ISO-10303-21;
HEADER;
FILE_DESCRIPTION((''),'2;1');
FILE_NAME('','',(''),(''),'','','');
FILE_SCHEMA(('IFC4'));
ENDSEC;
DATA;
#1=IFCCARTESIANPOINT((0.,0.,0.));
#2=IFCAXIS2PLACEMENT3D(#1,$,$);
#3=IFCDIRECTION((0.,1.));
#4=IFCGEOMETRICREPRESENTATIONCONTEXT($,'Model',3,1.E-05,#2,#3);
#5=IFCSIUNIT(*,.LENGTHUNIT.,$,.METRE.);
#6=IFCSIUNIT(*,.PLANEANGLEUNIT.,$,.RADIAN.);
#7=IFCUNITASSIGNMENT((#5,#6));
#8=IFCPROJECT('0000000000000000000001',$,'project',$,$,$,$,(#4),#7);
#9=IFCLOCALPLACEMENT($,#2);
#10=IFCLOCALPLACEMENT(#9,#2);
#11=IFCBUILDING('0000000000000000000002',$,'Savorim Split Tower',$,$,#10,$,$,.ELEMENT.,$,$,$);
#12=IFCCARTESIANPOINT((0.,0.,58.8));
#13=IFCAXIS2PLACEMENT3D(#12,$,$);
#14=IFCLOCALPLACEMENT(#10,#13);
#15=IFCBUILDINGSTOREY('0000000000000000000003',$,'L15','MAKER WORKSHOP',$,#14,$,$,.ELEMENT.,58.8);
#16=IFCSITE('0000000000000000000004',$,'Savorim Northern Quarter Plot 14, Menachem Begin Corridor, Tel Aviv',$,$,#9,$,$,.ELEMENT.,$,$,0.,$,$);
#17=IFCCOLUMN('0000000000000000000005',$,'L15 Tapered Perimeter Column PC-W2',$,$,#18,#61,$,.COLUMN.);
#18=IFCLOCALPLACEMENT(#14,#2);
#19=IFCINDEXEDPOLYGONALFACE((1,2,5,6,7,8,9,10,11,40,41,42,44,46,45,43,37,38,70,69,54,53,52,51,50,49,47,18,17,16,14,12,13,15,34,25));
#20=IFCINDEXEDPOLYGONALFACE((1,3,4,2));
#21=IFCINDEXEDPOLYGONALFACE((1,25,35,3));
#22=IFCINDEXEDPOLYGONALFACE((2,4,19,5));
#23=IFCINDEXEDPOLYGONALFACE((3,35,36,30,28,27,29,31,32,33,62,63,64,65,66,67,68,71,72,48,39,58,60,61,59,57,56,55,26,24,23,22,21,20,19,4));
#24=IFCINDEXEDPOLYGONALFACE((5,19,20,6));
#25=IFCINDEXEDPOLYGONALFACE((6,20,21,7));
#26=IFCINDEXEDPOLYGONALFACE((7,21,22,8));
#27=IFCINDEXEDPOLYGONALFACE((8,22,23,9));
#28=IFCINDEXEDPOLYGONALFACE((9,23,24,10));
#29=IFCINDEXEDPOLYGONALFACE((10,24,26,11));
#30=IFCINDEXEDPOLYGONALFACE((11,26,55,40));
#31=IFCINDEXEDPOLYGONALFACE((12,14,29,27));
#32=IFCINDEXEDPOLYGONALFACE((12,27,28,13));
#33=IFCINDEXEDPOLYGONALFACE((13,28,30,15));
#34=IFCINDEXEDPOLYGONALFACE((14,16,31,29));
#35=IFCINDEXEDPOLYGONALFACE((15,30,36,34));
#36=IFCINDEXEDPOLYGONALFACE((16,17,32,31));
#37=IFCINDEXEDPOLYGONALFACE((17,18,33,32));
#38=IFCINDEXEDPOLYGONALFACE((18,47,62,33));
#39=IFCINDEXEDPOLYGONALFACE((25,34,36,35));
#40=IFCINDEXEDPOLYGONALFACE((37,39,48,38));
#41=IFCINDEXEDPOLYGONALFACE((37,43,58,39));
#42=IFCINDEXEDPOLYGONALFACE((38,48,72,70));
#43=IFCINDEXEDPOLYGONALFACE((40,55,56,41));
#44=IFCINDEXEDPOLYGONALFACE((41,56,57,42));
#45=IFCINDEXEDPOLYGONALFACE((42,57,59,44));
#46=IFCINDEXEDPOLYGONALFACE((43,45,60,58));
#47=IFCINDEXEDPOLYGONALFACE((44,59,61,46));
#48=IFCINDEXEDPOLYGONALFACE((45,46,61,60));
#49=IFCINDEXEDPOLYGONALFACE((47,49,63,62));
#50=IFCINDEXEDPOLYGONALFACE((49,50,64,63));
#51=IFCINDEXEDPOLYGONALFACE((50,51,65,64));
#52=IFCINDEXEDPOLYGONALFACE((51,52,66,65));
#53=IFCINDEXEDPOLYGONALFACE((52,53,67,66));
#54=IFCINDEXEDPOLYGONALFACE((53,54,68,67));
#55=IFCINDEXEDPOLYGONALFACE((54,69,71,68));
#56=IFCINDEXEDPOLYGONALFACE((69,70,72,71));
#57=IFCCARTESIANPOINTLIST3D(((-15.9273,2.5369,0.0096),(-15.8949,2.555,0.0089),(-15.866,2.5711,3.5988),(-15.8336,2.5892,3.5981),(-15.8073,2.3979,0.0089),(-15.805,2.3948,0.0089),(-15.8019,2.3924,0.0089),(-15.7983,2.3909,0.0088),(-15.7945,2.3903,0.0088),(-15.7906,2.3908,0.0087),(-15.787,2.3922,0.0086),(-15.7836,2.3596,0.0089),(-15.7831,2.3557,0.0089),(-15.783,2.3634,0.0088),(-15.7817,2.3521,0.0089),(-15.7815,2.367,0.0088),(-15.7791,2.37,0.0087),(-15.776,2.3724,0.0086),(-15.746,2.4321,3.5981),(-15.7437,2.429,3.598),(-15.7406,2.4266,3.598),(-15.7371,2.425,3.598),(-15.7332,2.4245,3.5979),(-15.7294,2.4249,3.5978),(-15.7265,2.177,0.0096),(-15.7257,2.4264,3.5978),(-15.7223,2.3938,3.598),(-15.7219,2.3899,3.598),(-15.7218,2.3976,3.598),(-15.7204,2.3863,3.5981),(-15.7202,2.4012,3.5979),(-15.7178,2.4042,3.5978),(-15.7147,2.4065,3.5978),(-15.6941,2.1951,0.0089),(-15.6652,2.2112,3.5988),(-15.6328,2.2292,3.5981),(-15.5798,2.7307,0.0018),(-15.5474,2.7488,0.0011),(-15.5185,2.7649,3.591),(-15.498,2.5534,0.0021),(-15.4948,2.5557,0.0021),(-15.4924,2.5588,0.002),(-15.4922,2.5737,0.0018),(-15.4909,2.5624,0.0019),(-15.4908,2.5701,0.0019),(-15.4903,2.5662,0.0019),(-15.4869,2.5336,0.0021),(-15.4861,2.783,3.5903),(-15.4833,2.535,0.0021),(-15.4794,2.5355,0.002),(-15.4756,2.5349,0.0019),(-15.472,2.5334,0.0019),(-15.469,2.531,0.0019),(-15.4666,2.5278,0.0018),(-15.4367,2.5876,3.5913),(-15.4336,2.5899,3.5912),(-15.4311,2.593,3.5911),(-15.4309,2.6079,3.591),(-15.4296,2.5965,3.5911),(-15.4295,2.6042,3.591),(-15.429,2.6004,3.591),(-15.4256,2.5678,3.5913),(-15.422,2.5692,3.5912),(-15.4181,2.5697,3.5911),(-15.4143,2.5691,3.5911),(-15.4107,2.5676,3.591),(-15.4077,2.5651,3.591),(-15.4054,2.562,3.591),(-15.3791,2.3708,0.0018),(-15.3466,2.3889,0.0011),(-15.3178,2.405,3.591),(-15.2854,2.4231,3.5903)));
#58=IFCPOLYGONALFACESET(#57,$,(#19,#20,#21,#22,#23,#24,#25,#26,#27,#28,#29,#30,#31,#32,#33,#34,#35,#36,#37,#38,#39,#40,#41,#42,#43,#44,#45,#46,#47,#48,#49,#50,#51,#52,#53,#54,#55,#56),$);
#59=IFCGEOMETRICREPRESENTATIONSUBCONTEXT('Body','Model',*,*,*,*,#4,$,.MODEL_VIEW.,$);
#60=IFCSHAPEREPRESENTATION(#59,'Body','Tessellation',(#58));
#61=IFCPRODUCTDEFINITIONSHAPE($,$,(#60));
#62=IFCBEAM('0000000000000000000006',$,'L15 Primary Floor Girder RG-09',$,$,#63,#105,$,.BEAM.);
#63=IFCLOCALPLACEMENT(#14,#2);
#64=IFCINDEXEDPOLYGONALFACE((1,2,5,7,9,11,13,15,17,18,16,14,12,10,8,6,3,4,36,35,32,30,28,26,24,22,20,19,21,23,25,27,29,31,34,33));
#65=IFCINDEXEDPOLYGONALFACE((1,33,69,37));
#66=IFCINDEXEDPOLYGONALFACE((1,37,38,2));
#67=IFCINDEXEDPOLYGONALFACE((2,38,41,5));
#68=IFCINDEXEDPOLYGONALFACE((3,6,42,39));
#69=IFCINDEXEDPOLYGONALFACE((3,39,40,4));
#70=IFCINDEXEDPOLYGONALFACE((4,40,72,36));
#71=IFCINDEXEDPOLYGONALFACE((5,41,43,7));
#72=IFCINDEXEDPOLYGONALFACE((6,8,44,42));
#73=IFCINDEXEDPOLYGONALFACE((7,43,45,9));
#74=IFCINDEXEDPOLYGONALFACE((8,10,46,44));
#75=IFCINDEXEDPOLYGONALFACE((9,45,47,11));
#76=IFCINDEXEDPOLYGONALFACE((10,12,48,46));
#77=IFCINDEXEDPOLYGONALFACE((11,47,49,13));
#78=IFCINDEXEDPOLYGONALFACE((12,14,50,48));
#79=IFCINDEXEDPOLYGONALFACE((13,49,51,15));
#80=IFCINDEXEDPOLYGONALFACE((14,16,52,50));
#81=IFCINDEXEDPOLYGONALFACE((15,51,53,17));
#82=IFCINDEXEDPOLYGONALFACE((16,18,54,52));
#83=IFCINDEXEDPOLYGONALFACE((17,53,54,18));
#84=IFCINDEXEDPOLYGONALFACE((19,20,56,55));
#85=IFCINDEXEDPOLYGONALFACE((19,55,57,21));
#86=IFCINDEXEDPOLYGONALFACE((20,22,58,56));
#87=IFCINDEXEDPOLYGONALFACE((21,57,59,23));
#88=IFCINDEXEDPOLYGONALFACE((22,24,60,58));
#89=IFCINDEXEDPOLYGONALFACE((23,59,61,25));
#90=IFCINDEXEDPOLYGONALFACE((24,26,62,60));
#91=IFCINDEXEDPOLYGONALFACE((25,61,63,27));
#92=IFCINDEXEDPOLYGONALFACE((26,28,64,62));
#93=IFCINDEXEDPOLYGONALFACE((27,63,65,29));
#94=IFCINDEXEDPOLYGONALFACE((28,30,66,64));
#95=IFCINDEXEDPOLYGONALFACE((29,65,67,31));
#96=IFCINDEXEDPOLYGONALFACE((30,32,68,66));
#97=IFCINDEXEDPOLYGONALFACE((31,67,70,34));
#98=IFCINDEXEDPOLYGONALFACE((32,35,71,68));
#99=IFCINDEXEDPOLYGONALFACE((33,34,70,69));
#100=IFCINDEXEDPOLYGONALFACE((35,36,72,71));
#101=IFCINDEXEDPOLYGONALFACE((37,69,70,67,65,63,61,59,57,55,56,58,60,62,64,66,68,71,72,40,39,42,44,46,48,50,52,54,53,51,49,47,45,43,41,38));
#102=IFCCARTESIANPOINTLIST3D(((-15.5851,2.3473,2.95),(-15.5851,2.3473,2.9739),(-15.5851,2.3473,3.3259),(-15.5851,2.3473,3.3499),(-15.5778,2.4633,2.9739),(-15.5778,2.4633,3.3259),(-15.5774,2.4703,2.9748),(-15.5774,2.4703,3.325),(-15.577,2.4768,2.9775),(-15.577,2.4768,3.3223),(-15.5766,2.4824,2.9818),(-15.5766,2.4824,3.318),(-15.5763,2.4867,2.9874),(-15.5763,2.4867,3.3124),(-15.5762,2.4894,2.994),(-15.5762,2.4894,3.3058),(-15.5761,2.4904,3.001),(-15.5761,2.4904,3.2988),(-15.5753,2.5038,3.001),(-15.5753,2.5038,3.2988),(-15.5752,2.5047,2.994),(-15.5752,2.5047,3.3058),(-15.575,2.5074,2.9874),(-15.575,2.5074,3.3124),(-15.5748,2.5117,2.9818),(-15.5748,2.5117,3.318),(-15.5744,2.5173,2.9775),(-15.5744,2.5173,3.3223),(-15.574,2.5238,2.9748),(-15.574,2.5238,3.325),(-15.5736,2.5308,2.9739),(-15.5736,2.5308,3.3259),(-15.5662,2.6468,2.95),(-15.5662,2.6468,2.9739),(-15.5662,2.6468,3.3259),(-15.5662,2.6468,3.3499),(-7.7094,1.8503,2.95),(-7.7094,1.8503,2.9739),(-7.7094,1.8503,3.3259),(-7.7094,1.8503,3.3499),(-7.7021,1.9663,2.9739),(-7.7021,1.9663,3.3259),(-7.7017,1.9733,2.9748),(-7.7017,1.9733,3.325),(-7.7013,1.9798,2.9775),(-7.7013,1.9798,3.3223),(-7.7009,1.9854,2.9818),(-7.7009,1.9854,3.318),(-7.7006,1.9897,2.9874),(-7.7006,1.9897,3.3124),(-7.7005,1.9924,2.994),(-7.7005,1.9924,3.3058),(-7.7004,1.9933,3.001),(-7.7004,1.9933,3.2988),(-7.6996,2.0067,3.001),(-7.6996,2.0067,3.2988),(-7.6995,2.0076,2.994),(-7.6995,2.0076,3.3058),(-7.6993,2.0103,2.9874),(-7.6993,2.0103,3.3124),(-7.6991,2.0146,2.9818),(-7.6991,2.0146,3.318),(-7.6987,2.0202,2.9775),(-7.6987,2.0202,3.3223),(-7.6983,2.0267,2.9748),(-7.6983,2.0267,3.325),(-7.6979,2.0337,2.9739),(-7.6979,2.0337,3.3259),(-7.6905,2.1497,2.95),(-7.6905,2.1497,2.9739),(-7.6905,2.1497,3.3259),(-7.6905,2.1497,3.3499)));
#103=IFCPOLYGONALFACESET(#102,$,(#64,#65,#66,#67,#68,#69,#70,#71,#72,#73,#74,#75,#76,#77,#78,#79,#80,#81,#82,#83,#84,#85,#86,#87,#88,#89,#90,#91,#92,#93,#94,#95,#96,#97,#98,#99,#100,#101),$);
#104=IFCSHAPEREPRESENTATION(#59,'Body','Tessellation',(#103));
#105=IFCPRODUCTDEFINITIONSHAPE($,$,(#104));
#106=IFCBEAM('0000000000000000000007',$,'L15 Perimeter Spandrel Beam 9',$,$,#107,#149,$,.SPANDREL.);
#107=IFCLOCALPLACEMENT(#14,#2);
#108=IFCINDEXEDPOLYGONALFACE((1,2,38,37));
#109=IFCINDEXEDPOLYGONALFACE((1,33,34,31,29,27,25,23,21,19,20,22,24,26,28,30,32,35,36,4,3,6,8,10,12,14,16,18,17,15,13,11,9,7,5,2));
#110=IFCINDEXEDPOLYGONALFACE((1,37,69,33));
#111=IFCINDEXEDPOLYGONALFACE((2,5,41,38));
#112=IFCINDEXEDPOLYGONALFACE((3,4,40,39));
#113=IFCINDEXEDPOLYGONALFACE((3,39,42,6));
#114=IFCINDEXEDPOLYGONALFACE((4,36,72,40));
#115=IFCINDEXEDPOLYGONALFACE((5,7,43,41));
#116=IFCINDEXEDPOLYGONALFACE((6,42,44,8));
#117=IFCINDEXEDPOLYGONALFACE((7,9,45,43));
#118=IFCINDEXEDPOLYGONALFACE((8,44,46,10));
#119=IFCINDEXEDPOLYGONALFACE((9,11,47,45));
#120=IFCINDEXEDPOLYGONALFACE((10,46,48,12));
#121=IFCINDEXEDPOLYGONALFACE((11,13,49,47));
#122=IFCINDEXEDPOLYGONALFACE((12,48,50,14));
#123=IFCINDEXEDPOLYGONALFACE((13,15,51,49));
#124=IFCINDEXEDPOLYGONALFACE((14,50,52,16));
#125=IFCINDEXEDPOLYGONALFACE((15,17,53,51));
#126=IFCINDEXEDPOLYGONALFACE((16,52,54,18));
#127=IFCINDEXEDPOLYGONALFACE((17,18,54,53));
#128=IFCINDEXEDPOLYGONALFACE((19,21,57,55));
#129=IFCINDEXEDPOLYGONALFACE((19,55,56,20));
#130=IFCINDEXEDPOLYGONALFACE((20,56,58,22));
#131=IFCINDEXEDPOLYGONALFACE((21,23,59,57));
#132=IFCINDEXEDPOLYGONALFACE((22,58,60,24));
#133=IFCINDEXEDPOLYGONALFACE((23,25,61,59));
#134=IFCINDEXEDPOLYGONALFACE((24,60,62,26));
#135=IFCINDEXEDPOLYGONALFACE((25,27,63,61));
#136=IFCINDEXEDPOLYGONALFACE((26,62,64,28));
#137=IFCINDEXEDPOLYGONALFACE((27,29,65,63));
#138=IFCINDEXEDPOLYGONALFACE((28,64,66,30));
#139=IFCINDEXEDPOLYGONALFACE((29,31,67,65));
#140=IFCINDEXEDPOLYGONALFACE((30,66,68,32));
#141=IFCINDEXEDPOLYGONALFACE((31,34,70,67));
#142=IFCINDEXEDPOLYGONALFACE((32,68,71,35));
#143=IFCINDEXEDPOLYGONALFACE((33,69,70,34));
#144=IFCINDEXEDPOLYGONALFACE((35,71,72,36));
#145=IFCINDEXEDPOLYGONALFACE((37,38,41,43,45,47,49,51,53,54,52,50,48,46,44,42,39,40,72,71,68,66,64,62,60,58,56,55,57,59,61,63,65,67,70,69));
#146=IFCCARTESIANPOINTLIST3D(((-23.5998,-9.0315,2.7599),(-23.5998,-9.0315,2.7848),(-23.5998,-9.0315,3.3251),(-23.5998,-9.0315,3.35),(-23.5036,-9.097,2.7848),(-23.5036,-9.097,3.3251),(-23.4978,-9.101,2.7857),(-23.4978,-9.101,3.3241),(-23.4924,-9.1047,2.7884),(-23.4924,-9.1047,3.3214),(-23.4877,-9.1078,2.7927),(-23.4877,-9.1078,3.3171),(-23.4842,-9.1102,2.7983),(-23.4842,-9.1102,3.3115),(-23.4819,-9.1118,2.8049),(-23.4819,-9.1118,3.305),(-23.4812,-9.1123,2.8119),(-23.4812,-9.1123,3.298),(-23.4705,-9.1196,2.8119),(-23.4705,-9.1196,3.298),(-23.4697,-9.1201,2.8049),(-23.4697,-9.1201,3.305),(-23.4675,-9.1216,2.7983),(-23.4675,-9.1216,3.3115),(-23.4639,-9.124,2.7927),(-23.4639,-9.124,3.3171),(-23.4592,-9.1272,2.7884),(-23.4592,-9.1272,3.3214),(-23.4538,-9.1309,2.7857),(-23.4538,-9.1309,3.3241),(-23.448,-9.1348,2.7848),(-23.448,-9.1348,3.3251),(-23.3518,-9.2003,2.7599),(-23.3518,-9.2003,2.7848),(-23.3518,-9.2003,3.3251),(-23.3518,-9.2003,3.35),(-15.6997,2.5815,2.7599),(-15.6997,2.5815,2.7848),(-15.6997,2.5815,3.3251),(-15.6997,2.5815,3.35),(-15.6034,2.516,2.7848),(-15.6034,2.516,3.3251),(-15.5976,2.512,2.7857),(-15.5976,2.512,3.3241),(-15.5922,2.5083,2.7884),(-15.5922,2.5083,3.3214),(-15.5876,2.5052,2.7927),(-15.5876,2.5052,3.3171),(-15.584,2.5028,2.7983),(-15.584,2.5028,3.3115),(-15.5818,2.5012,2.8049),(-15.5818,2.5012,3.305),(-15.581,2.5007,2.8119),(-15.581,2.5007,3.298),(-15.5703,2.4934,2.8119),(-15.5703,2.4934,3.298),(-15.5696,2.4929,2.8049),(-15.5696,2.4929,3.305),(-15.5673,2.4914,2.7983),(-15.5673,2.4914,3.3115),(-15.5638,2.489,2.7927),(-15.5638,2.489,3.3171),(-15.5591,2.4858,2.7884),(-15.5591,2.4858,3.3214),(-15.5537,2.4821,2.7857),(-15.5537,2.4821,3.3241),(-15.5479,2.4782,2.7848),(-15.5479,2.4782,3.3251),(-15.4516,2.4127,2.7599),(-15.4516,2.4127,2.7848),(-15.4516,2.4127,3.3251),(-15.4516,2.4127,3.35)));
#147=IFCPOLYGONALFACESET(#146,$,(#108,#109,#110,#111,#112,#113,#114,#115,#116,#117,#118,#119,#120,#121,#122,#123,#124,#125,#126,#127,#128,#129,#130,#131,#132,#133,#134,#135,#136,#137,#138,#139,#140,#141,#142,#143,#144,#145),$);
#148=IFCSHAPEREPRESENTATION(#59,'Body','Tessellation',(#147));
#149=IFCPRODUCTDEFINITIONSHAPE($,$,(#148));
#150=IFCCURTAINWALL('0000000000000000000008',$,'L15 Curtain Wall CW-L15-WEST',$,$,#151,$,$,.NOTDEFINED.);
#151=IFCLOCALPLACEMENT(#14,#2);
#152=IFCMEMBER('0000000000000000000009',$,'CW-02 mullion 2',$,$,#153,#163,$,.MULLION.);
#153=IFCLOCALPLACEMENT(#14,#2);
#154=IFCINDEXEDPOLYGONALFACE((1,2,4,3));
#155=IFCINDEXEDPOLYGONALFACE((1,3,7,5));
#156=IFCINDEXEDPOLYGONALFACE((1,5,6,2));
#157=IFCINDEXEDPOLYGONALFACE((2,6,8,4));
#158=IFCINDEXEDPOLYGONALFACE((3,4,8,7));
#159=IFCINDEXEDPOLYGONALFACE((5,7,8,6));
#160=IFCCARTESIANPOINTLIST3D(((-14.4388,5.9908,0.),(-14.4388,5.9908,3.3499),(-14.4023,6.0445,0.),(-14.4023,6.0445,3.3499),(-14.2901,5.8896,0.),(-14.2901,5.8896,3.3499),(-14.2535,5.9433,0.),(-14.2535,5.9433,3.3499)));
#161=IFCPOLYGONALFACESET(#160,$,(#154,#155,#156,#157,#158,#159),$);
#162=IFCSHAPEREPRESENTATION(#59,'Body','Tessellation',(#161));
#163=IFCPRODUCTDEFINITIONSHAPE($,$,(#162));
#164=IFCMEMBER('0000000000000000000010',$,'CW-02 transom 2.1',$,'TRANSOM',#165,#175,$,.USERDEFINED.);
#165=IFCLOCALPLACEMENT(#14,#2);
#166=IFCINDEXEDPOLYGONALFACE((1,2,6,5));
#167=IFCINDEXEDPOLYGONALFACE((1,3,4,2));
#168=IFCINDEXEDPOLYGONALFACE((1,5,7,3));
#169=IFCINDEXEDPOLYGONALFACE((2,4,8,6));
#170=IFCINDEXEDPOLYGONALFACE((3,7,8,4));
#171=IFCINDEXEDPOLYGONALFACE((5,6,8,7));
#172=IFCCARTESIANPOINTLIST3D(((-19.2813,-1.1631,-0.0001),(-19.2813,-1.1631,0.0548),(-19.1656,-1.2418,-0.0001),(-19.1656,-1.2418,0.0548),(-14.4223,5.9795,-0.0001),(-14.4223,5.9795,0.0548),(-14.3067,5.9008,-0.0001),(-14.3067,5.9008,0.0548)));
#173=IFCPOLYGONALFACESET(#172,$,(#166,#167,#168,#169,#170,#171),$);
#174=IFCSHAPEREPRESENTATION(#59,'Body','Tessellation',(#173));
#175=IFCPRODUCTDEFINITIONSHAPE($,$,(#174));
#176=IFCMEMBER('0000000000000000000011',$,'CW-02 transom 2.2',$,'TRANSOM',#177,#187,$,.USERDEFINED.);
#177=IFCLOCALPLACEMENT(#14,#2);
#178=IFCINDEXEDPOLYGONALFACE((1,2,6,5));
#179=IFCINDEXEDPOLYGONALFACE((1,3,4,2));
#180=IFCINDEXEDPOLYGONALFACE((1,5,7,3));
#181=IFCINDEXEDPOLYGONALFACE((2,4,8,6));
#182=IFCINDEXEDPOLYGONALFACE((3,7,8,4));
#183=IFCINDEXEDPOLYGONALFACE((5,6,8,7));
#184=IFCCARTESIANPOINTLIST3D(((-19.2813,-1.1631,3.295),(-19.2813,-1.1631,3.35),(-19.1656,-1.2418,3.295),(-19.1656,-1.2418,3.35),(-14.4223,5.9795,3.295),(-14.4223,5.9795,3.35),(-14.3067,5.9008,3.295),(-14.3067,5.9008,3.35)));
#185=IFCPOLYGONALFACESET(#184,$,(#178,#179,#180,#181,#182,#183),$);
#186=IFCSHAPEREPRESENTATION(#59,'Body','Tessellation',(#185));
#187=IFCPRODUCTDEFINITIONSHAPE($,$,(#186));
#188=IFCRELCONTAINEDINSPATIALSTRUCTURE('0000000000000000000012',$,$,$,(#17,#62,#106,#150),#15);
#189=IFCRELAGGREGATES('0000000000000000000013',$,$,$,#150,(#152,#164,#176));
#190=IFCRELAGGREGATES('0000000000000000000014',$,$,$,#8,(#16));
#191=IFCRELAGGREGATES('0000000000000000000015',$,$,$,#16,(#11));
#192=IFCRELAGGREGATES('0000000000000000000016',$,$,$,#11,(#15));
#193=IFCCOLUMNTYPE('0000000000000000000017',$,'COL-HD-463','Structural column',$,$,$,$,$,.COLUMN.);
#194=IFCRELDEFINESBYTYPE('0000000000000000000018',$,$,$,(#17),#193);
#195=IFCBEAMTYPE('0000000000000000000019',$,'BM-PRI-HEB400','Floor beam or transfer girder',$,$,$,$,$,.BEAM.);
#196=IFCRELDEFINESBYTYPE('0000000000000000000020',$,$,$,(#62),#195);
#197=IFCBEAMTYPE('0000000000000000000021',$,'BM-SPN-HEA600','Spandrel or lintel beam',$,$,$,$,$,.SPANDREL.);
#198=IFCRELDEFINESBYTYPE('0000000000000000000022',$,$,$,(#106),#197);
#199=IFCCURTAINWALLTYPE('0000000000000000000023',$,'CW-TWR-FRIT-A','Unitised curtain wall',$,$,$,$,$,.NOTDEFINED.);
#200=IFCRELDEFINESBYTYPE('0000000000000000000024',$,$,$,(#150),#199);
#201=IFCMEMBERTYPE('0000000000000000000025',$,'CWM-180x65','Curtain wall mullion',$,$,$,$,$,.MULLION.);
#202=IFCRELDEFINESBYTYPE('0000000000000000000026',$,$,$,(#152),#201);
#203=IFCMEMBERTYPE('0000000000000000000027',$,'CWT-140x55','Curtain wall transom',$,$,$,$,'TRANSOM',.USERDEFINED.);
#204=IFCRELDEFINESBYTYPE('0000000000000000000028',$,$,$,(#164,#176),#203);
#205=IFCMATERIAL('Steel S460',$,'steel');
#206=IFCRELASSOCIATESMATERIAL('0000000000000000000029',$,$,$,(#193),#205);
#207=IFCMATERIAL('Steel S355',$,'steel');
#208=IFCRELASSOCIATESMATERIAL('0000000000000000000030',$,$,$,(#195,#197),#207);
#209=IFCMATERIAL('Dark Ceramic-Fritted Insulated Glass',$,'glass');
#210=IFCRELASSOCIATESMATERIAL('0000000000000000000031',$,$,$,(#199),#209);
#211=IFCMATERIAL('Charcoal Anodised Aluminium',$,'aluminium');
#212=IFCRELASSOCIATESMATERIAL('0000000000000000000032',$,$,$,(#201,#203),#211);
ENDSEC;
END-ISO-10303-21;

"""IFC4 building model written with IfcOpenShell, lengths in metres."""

from ifc_helpers import new_model, si_unit, direction, frame, origin, origin_2d, place, context, subcontext, project, spatial, rectangle, i_section, extrude, material, material_profile, profile_set, type_object, element, aggregate, save


model = new_model("IFC4")

# Units and contexts
model_context = context("Model", 3, precision=1e-05, world=origin(), true_north=direction((0.0, 1.0)))
body_context = subcontext(model_context, "Body", "Model", "MODEL_VIEW")
ifc_project = project(units=[si_unit("LENGTHUNIT", "METRE"), si_unit("PLANEANGLEUNIT", "RADIAN")], contexts=[model_context])

# Site, building, storey
site_placement = place(None, origin())
site = spatial("IfcSite", under=ifc_project, at=site_placement, Name="Savorim Northern Quarter Plot 14, Menachem Begin Corridor, Tel Aviv", CompositionType="ELEMENT", RefElevation=0.0)
building_placement = place(site_placement, origin())
building = spatial("IfcBuilding", under=site, at=building_placement, Name="Savorim Split Tower", CompositionType="ELEMENT")
storey_placement = place(building_placement, frame((0.0, 0.0, 58.8)))
storey = spatial("IfcBuildingStorey", under=building, at=storey_placement, Name="L15", Description="MAKER WORKSHOP", CompositionType="ELEMENT", Elevation=58.8)

# Column
ifc_material_1 = material(Name="Steel S460", Category="steel")
ifc_material_profile_1 = material_profile(ifc_material_1, i_section(OverallWidth=0.4121, OverallDepth=0.4351, WebThickness=0.0227, FlangeThickness=0.0371, FilletRadius=0.0149, at=origin_2d()), Name="HD 400x463")
ifc_profile_set_1 = profile_set([ifc_material_profile_1], Name="Steel S460")
column_type = type_object("IfcColumnType", Name="COL-HD-463", Description="Structural column", PredefinedType="COLUMN", material=ifc_profile_set_1)
column_placement = place(storey_placement, frame((-15.637, 2.4629, 0.0054), z_axis=(0.01707, 0.009521, 0.999809), x_axis=(-0.487119, 0.873335, 0.0)))
element("IfcColumn", 1, at=column_placement, inside=storey, type_object=column_type, Name="L15 Tapered Perimeter Column PC-W2", PredefinedType="COLUMN", context=body_context, shape_type="SweptSolid", body=[
    extrude(i_section(OverallWidth=0.4121, OverallDepth=0.4351, WebThickness=0.0227, FlangeThickness=0.0371, FilletRadius=0.0149, at=origin_2d()), origin(), (0.0, 0.0, 1.0), 3.5898),
])

# Beams
ifc_material_2 = material(Name="Steel S355", Category="steel")
ifc_material_profile_2 = material_profile(ifc_material_2, i_section(OverallWidth=0.3, OverallDepth=0.3999, WebThickness=0.0134, FlangeThickness=0.0239, FilletRadius=0.0271, at=origin_2d()), Name="HEB 400")
ifc_profile_set_2 = profile_set([ifc_material_profile_2], Name="Steel S355")
beam_type_1 = type_object("IfcBeamType", Name="BM-PRI-HEB400", Description="Floor beam or transfer girder", PredefinedType="BEAM", material=ifc_profile_set_2)
beam_1_placement = place(storey_placement, frame((-15.5757, 2.4971, 3.1499), z_axis=(0.998014, -0.062989, 0.0), x_axis=(0.062989, 0.998014, 0.0)))
element("IfcBeam", 2, at=beam_1_placement, inside=storey, type_object=beam_type_1, Name="L15 Primary Floor Girder RG-09", PredefinedType="BEAM", context=body_context, shape_type="SweptSolid", body=[
    extrude(i_section(OverallWidth=0.3, OverallDepth=0.3999, WebThickness=0.0134, FlangeThickness=0.0239, FilletRadius=0.0271, at=origin_2d()), origin(), (0.0, 0.0, 1.0), 7.8914),
])
ifc_material_profile_3 = material_profile(ifc_material_2, i_section(OverallWidth=0.3, OverallDepth=0.5901, WebThickness=0.0129, FlangeThickness=0.0249, FilletRadius=0.0271, at=origin_2d()), Name="HEA 600")
ifc_profile_set_3 = profile_set([ifc_material_profile_3], Name="Steel S355")
beam_type_2 = type_object("IfcBeamType", Name="BM-SPN-HEA600", Description="Spandrel or lintel beam", PredefinedType="SPANDREL", material=ifc_profile_set_3)
beam_2_placement = place(storey_placement, frame((-15.5757, 2.4971, 3.0549), z_axis=(-0.56247, -0.826818, 0.0), x_axis=(0.826818, -0.56247, 0.0)))
element("IfcBeam", 3, at=beam_2_placement, inside=storey, type_object=beam_type_2, Name="L15 Perimeter Spandrel Beam 9", PredefinedType="SPANDREL", context=body_context, shape_type="SweptSolid", body=[
    extrude(i_section(OverallWidth=0.3, OverallDepth=0.5901, WebThickness=0.0129, FlangeThickness=0.0249, FilletRadius=0.0271, at=origin_2d()), origin(), (0.0, 0.0, 1.0), 14.0454),
])

# Curtain wall, members
ifc_material_3 = material(Name="Dark Ceramic-Fritted Insulated Glass", Category="glass")
curtain_wall_type = type_object("IfcCurtainWallType", Name="CW-TWR-FRIT-A", Description="Unitised curtain wall", PredefinedType="NOTDEFINED", material=ifc_material_3)
curtain_wall_placement = place(storey_placement, origin())
curtain_wall = element("IfcCurtainWall", 4, at=curtain_wall_placement, inside=storey, type_object=curtain_wall_type, Name="L15 Curtain Wall CW-L15-WEST", PredefinedType="NOTDEFINED")
ifc_material_4 = material(Name="Charcoal Anodised Aluminium", Category="aluminium")
ifc_material_profile_4 = material_profile(ifc_material_4, rectangle(XDim=0.1799, YDim=0.0649, at=origin_2d()), Name="ALU-M 180x65")
ifc_profile_set_4 = profile_set([ifc_material_profile_4], Name="Charcoal Anodised Aluminium")
member_type_1 = type_object("IfcMemberType", Name="CWM-180x65", Description="Curtain wall mullion", PredefinedType="MULLION", material=ifc_profile_set_4)
member_1_placement = place(storey_placement, frame((-14.3462, 5.967, 0.0), z_axis=(0.0, 0.0, 1.0), x_axis=(0.82682, -0.562466, 0.0)))
member_1 = element("IfcMember", 5, at=member_1_placement, type_object=member_type_1, Name="CW-02 mullion 2", PredefinedType="MULLION", context=body_context, shape_type="SweptSolid", body=[
    extrude(rectangle(XDim=0.1799, YDim=0.0649, at=origin_2d()), origin(), (0.0, 0.0, 1.0), 3.3499),
])
ifc_material_profile_5 = material_profile(ifc_material_4, rectangle(XDim=0.1399, YDim=0.0549, at=origin_2d()), Name="ALU-T 140x55")
ifc_profile_set_5 = profile_set([ifc_material_profile_5], Name="Charcoal Anodised Aluminium")
member_type_2 = type_object("IfcMemberType", Name="CWT-140x55", Description="Curtain wall transom", ElementType="TRANSOM", PredefinedType="USERDEFINED", material=ifc_profile_set_5)
member_2_placement = place(storey_placement, frame((-14.3645, 5.9402, 0.0273), z_axis=(-0.562463, -0.826822, 0.0), x_axis=(0.826822, -0.562463, 0.0)))
member_2 = element("IfcMember", 6, at=member_2_placement, type_object=member_type_2, Name="CW-02 transom 2.1", ObjectType="TRANSOM", PredefinedType="USERDEFINED", context=body_context, shape_type="SweptSolid", body=[
    extrude(rectangle(XDim=0.1399, YDim=0.0549, at=origin_2d()), origin(), (0.0, 0.0, 1.0), 8.6387),
])
member_3_placement = place(storey_placement, frame((-14.3645, 5.9402, 3.3225), z_axis=(-0.562463, -0.826822, 0.0), x_axis=(0.826822, -0.562463, 0.0)))
member_3 = element("IfcMember", 7, at=member_3_placement, type_object=member_type_2, Name="CW-02 transom 2.2", ObjectType="TRANSOM", PredefinedType="USERDEFINED", context=body_context, shape_type="SweptSolid", body=[
    extrude(rectangle(XDim=0.1399, YDim=0.0549, at=origin_2d()), origin(), (0.0, 0.0, 1.0), 8.6387),
])
aggregate(curtain_wall, [member_1, member_2, member_3])

save(model, "model.ifc")
